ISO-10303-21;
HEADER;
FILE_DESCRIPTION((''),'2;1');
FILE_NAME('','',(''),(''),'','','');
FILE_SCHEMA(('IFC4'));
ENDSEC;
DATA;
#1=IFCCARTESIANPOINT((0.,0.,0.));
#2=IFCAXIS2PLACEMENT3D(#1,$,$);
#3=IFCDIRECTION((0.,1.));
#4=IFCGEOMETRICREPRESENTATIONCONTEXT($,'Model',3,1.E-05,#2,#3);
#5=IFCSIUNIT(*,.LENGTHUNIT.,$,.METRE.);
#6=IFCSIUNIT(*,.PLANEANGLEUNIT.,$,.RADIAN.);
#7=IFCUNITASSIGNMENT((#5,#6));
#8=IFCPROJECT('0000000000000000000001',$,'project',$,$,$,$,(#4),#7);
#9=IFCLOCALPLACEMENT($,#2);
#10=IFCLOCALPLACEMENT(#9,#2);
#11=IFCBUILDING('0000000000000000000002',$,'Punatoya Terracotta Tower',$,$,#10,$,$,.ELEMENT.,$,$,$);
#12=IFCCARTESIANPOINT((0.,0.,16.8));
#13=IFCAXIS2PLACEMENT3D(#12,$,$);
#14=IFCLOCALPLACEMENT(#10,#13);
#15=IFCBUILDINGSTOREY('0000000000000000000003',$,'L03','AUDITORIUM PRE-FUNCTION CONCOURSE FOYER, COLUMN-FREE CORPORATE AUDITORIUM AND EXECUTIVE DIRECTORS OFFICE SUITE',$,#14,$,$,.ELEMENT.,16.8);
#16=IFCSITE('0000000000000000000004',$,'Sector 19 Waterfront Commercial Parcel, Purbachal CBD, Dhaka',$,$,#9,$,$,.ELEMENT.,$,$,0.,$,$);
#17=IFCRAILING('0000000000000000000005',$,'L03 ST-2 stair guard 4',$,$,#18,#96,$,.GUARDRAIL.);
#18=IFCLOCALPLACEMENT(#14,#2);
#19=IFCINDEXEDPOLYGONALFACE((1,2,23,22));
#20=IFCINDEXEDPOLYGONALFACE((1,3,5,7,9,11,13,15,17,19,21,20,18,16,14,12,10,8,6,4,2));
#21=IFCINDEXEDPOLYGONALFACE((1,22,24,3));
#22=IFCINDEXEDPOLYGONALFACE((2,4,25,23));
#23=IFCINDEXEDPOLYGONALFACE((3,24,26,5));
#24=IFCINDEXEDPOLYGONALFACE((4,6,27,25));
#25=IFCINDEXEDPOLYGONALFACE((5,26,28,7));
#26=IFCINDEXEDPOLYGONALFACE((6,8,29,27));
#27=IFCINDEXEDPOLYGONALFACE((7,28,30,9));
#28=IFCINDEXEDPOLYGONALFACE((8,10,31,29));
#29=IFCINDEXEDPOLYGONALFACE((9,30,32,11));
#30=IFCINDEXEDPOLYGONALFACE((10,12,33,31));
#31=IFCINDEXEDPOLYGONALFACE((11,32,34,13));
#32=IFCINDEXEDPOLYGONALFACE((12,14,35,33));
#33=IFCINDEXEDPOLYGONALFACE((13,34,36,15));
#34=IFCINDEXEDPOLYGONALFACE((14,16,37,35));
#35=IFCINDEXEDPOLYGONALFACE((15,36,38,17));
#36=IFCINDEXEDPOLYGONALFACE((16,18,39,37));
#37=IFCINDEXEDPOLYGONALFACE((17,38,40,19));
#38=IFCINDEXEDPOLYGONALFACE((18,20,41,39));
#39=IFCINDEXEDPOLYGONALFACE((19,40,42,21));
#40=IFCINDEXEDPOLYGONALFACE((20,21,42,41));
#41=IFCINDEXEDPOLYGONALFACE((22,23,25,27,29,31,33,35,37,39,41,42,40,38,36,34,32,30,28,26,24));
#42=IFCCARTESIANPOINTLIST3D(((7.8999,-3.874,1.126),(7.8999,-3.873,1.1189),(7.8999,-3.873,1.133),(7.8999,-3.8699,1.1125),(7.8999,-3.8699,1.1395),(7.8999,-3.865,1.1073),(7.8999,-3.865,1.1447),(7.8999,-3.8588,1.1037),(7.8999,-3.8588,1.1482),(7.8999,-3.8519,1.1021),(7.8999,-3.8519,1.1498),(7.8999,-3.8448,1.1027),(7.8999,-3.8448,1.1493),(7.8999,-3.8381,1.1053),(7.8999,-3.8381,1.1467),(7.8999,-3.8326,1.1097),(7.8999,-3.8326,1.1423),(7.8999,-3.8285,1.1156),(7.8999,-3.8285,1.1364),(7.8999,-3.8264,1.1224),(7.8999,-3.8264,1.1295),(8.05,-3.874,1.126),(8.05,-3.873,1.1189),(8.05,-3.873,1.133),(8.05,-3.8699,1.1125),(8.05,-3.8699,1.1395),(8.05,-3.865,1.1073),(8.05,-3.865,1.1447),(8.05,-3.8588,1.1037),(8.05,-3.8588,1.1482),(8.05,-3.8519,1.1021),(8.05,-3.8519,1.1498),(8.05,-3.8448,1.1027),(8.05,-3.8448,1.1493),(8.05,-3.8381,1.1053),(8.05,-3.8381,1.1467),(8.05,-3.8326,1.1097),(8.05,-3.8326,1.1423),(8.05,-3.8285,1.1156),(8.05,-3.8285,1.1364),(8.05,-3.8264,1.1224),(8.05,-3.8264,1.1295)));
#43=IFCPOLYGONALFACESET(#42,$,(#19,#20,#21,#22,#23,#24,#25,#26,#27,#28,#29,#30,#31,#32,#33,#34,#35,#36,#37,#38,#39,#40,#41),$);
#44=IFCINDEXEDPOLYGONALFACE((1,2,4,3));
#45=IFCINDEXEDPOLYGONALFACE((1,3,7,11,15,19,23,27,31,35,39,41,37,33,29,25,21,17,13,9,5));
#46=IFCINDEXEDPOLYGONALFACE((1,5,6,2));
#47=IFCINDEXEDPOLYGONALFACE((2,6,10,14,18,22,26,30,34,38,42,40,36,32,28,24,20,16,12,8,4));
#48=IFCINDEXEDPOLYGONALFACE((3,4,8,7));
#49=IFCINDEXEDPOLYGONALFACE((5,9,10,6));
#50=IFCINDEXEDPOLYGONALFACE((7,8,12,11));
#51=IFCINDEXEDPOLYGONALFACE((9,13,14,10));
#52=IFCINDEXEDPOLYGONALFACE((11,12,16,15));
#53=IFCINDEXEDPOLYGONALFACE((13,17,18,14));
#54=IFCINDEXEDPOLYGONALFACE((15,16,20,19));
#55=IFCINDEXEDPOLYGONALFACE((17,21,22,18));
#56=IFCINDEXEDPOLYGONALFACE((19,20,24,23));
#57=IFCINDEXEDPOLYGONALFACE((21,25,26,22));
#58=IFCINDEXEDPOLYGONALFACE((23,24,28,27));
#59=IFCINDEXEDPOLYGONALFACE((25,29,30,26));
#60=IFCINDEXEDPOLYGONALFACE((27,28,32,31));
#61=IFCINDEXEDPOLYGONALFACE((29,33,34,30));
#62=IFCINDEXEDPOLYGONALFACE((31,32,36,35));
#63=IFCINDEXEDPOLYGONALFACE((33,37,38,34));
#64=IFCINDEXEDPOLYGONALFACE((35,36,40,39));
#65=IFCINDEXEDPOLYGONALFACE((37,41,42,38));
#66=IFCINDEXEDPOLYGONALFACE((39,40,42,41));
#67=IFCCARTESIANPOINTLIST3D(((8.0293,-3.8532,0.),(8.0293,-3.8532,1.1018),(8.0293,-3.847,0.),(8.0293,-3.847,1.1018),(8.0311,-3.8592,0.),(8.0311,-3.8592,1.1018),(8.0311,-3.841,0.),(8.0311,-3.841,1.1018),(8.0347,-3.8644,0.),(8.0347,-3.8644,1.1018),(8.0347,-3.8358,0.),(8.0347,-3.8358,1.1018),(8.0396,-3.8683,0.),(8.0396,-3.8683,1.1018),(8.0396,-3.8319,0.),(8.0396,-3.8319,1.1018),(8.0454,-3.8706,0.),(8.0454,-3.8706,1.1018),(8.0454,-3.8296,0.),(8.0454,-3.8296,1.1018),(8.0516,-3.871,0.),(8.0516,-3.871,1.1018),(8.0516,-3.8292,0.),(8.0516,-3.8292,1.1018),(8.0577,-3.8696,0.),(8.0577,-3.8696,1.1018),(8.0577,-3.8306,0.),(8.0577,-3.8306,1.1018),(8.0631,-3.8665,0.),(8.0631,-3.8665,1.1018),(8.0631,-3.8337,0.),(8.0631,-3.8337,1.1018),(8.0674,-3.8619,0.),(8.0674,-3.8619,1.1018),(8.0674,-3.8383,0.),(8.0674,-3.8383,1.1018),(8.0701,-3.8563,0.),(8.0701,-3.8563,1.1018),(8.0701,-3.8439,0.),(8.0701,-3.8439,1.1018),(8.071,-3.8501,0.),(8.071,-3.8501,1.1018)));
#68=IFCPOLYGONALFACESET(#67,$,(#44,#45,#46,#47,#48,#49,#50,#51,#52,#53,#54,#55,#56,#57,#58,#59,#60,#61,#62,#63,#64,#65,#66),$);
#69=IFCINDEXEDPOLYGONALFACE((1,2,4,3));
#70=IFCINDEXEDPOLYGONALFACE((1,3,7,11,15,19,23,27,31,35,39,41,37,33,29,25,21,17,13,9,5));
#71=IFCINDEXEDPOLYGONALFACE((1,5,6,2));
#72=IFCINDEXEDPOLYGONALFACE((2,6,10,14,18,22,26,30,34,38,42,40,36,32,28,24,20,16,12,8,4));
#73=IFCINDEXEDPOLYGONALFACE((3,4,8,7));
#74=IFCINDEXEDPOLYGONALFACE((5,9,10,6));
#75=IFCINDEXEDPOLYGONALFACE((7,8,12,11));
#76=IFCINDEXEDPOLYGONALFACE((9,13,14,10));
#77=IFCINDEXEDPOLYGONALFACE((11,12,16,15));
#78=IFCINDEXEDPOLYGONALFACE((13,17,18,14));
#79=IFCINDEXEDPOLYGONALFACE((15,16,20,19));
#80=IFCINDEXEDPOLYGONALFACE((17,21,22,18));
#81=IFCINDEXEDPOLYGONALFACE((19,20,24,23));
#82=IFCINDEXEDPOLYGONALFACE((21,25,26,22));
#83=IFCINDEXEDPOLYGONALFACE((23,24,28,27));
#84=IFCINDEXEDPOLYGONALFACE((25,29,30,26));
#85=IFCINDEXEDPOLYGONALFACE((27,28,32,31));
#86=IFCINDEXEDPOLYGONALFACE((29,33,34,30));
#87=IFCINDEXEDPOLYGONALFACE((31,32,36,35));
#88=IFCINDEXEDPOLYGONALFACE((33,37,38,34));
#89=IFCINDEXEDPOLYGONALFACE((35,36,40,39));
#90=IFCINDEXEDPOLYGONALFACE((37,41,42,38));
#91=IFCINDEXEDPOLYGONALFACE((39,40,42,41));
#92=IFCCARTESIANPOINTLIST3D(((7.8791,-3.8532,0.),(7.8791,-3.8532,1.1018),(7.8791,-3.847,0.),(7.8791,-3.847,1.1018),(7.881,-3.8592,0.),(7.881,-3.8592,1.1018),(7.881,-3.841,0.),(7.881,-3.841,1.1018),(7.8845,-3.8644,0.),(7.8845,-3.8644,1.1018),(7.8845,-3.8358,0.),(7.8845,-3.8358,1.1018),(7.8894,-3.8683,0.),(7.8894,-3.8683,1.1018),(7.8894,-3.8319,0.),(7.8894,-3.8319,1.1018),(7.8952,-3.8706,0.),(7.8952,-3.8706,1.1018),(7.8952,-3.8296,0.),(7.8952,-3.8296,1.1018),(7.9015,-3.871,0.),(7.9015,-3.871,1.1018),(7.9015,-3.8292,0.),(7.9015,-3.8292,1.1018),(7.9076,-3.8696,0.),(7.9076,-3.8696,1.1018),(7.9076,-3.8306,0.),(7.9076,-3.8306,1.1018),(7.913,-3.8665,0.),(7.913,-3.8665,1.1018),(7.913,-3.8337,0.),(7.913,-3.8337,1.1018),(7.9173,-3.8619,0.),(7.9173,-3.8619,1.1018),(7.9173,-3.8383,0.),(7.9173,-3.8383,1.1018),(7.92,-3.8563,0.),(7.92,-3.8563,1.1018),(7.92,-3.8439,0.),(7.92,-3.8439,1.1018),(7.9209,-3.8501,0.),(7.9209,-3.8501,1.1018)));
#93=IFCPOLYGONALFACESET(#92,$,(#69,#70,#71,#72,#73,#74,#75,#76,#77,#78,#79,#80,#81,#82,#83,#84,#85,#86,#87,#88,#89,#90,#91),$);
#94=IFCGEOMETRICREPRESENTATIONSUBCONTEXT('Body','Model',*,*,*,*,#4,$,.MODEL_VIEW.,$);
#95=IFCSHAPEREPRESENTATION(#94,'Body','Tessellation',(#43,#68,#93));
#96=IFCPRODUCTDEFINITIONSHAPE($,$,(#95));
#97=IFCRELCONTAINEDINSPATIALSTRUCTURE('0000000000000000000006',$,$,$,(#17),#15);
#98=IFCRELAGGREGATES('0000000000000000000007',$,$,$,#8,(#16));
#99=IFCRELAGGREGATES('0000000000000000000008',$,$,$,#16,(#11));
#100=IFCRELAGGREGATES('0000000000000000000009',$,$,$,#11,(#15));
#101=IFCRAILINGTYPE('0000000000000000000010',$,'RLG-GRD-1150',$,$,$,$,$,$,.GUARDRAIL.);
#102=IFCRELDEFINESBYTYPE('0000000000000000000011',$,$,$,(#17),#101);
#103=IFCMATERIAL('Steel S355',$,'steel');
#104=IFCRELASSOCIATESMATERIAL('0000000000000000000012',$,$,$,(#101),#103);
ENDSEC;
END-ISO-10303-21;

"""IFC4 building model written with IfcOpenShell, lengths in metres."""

from ifc_helpers import new_model, si_unit, direction, frame, origin, origin_2d, place, context, subcontext, project, spatial, circle, extrude, material, type_object, element, save


model = new_model("IFC4")

# Units and contexts
model_context = context("Model", 3, precision=1e-05, world=origin(), true_north=direction((0.0, 1.0)))
body_context = subcontext(model_context, "Body", "Model", "MODEL_VIEW")
ifc_project = project(units=[si_unit("LENGTHUNIT", "METRE"), si_unit("PLANEANGLEUNIT", "RADIAN")], contexts=[model_context])

# Site, building, storey
site_placement = place(None, origin())
site = spatial("IfcSite", under=ifc_project, at=site_placement, Name="Sector 19 Waterfront Commercial Parcel, Purbachal CBD, Dhaka", CompositionType="ELEMENT", RefElevation=0.0)
building_placement = place(site_placement, origin())
building = spatial("IfcBuilding", under=site, at=building_placement, Name="Punatoya Terracotta Tower", CompositionType="ELEMENT")
storey_placement = place(building_placement, frame((0.0, 0.0, 16.8)))
storey = spatial("IfcBuildingStorey", under=building, at=storey_placement, Name="L03", Description="AUDITORIUM PRE-FUNCTION CONCOURSE FOYER, COLUMN-FREE CORPORATE AUDITORIUM AND EXECUTIVE DIRECTORS OFFICE SUITE", CompositionType="ELEMENT", Elevation=16.8)

# Shared definitions
ifc_material_1 = material(Name="Steel S355", Category="steel")

# Railing
railing_type_1 = type_object("IfcRailingType", Name="RLG-GRD-1150", PredefinedType="GUARDRAIL", material=ifc_material_1)
railing_1_placement = place(storey_placement, frame((8.05, -3.8501, 0.0)))
element("IfcRailing", 1, at=railing_1_placement, inside=storey, type_object=railing_type_1, Name="L03 ST-2 stair guard 4", PredefinedType="GUARDRAIL", context=body_context, shape_type="SweptSolid", body=[
    extrude(circle(Radius=0.0239, at=origin_2d()), frame((0.0, 0.0, 1.126), z_axis=(-1.0, 0.0, 0.0), x_axis=(0.0, -1.0, 0.0)), (0.0, 0.0, 1.0), 0.1501),
    extrude(circle(Radius=0.021, at=origin_2d()), origin(), (0.0, 0.0, 1.0), 1.1018),
    extrude(circle(Radius=0.021, at=origin_2d()), frame((-0.1501, 0.0, 0.0)), (0.0, 0.0, 1.0), 1.1018),
])

save(model, "model.ifc")
